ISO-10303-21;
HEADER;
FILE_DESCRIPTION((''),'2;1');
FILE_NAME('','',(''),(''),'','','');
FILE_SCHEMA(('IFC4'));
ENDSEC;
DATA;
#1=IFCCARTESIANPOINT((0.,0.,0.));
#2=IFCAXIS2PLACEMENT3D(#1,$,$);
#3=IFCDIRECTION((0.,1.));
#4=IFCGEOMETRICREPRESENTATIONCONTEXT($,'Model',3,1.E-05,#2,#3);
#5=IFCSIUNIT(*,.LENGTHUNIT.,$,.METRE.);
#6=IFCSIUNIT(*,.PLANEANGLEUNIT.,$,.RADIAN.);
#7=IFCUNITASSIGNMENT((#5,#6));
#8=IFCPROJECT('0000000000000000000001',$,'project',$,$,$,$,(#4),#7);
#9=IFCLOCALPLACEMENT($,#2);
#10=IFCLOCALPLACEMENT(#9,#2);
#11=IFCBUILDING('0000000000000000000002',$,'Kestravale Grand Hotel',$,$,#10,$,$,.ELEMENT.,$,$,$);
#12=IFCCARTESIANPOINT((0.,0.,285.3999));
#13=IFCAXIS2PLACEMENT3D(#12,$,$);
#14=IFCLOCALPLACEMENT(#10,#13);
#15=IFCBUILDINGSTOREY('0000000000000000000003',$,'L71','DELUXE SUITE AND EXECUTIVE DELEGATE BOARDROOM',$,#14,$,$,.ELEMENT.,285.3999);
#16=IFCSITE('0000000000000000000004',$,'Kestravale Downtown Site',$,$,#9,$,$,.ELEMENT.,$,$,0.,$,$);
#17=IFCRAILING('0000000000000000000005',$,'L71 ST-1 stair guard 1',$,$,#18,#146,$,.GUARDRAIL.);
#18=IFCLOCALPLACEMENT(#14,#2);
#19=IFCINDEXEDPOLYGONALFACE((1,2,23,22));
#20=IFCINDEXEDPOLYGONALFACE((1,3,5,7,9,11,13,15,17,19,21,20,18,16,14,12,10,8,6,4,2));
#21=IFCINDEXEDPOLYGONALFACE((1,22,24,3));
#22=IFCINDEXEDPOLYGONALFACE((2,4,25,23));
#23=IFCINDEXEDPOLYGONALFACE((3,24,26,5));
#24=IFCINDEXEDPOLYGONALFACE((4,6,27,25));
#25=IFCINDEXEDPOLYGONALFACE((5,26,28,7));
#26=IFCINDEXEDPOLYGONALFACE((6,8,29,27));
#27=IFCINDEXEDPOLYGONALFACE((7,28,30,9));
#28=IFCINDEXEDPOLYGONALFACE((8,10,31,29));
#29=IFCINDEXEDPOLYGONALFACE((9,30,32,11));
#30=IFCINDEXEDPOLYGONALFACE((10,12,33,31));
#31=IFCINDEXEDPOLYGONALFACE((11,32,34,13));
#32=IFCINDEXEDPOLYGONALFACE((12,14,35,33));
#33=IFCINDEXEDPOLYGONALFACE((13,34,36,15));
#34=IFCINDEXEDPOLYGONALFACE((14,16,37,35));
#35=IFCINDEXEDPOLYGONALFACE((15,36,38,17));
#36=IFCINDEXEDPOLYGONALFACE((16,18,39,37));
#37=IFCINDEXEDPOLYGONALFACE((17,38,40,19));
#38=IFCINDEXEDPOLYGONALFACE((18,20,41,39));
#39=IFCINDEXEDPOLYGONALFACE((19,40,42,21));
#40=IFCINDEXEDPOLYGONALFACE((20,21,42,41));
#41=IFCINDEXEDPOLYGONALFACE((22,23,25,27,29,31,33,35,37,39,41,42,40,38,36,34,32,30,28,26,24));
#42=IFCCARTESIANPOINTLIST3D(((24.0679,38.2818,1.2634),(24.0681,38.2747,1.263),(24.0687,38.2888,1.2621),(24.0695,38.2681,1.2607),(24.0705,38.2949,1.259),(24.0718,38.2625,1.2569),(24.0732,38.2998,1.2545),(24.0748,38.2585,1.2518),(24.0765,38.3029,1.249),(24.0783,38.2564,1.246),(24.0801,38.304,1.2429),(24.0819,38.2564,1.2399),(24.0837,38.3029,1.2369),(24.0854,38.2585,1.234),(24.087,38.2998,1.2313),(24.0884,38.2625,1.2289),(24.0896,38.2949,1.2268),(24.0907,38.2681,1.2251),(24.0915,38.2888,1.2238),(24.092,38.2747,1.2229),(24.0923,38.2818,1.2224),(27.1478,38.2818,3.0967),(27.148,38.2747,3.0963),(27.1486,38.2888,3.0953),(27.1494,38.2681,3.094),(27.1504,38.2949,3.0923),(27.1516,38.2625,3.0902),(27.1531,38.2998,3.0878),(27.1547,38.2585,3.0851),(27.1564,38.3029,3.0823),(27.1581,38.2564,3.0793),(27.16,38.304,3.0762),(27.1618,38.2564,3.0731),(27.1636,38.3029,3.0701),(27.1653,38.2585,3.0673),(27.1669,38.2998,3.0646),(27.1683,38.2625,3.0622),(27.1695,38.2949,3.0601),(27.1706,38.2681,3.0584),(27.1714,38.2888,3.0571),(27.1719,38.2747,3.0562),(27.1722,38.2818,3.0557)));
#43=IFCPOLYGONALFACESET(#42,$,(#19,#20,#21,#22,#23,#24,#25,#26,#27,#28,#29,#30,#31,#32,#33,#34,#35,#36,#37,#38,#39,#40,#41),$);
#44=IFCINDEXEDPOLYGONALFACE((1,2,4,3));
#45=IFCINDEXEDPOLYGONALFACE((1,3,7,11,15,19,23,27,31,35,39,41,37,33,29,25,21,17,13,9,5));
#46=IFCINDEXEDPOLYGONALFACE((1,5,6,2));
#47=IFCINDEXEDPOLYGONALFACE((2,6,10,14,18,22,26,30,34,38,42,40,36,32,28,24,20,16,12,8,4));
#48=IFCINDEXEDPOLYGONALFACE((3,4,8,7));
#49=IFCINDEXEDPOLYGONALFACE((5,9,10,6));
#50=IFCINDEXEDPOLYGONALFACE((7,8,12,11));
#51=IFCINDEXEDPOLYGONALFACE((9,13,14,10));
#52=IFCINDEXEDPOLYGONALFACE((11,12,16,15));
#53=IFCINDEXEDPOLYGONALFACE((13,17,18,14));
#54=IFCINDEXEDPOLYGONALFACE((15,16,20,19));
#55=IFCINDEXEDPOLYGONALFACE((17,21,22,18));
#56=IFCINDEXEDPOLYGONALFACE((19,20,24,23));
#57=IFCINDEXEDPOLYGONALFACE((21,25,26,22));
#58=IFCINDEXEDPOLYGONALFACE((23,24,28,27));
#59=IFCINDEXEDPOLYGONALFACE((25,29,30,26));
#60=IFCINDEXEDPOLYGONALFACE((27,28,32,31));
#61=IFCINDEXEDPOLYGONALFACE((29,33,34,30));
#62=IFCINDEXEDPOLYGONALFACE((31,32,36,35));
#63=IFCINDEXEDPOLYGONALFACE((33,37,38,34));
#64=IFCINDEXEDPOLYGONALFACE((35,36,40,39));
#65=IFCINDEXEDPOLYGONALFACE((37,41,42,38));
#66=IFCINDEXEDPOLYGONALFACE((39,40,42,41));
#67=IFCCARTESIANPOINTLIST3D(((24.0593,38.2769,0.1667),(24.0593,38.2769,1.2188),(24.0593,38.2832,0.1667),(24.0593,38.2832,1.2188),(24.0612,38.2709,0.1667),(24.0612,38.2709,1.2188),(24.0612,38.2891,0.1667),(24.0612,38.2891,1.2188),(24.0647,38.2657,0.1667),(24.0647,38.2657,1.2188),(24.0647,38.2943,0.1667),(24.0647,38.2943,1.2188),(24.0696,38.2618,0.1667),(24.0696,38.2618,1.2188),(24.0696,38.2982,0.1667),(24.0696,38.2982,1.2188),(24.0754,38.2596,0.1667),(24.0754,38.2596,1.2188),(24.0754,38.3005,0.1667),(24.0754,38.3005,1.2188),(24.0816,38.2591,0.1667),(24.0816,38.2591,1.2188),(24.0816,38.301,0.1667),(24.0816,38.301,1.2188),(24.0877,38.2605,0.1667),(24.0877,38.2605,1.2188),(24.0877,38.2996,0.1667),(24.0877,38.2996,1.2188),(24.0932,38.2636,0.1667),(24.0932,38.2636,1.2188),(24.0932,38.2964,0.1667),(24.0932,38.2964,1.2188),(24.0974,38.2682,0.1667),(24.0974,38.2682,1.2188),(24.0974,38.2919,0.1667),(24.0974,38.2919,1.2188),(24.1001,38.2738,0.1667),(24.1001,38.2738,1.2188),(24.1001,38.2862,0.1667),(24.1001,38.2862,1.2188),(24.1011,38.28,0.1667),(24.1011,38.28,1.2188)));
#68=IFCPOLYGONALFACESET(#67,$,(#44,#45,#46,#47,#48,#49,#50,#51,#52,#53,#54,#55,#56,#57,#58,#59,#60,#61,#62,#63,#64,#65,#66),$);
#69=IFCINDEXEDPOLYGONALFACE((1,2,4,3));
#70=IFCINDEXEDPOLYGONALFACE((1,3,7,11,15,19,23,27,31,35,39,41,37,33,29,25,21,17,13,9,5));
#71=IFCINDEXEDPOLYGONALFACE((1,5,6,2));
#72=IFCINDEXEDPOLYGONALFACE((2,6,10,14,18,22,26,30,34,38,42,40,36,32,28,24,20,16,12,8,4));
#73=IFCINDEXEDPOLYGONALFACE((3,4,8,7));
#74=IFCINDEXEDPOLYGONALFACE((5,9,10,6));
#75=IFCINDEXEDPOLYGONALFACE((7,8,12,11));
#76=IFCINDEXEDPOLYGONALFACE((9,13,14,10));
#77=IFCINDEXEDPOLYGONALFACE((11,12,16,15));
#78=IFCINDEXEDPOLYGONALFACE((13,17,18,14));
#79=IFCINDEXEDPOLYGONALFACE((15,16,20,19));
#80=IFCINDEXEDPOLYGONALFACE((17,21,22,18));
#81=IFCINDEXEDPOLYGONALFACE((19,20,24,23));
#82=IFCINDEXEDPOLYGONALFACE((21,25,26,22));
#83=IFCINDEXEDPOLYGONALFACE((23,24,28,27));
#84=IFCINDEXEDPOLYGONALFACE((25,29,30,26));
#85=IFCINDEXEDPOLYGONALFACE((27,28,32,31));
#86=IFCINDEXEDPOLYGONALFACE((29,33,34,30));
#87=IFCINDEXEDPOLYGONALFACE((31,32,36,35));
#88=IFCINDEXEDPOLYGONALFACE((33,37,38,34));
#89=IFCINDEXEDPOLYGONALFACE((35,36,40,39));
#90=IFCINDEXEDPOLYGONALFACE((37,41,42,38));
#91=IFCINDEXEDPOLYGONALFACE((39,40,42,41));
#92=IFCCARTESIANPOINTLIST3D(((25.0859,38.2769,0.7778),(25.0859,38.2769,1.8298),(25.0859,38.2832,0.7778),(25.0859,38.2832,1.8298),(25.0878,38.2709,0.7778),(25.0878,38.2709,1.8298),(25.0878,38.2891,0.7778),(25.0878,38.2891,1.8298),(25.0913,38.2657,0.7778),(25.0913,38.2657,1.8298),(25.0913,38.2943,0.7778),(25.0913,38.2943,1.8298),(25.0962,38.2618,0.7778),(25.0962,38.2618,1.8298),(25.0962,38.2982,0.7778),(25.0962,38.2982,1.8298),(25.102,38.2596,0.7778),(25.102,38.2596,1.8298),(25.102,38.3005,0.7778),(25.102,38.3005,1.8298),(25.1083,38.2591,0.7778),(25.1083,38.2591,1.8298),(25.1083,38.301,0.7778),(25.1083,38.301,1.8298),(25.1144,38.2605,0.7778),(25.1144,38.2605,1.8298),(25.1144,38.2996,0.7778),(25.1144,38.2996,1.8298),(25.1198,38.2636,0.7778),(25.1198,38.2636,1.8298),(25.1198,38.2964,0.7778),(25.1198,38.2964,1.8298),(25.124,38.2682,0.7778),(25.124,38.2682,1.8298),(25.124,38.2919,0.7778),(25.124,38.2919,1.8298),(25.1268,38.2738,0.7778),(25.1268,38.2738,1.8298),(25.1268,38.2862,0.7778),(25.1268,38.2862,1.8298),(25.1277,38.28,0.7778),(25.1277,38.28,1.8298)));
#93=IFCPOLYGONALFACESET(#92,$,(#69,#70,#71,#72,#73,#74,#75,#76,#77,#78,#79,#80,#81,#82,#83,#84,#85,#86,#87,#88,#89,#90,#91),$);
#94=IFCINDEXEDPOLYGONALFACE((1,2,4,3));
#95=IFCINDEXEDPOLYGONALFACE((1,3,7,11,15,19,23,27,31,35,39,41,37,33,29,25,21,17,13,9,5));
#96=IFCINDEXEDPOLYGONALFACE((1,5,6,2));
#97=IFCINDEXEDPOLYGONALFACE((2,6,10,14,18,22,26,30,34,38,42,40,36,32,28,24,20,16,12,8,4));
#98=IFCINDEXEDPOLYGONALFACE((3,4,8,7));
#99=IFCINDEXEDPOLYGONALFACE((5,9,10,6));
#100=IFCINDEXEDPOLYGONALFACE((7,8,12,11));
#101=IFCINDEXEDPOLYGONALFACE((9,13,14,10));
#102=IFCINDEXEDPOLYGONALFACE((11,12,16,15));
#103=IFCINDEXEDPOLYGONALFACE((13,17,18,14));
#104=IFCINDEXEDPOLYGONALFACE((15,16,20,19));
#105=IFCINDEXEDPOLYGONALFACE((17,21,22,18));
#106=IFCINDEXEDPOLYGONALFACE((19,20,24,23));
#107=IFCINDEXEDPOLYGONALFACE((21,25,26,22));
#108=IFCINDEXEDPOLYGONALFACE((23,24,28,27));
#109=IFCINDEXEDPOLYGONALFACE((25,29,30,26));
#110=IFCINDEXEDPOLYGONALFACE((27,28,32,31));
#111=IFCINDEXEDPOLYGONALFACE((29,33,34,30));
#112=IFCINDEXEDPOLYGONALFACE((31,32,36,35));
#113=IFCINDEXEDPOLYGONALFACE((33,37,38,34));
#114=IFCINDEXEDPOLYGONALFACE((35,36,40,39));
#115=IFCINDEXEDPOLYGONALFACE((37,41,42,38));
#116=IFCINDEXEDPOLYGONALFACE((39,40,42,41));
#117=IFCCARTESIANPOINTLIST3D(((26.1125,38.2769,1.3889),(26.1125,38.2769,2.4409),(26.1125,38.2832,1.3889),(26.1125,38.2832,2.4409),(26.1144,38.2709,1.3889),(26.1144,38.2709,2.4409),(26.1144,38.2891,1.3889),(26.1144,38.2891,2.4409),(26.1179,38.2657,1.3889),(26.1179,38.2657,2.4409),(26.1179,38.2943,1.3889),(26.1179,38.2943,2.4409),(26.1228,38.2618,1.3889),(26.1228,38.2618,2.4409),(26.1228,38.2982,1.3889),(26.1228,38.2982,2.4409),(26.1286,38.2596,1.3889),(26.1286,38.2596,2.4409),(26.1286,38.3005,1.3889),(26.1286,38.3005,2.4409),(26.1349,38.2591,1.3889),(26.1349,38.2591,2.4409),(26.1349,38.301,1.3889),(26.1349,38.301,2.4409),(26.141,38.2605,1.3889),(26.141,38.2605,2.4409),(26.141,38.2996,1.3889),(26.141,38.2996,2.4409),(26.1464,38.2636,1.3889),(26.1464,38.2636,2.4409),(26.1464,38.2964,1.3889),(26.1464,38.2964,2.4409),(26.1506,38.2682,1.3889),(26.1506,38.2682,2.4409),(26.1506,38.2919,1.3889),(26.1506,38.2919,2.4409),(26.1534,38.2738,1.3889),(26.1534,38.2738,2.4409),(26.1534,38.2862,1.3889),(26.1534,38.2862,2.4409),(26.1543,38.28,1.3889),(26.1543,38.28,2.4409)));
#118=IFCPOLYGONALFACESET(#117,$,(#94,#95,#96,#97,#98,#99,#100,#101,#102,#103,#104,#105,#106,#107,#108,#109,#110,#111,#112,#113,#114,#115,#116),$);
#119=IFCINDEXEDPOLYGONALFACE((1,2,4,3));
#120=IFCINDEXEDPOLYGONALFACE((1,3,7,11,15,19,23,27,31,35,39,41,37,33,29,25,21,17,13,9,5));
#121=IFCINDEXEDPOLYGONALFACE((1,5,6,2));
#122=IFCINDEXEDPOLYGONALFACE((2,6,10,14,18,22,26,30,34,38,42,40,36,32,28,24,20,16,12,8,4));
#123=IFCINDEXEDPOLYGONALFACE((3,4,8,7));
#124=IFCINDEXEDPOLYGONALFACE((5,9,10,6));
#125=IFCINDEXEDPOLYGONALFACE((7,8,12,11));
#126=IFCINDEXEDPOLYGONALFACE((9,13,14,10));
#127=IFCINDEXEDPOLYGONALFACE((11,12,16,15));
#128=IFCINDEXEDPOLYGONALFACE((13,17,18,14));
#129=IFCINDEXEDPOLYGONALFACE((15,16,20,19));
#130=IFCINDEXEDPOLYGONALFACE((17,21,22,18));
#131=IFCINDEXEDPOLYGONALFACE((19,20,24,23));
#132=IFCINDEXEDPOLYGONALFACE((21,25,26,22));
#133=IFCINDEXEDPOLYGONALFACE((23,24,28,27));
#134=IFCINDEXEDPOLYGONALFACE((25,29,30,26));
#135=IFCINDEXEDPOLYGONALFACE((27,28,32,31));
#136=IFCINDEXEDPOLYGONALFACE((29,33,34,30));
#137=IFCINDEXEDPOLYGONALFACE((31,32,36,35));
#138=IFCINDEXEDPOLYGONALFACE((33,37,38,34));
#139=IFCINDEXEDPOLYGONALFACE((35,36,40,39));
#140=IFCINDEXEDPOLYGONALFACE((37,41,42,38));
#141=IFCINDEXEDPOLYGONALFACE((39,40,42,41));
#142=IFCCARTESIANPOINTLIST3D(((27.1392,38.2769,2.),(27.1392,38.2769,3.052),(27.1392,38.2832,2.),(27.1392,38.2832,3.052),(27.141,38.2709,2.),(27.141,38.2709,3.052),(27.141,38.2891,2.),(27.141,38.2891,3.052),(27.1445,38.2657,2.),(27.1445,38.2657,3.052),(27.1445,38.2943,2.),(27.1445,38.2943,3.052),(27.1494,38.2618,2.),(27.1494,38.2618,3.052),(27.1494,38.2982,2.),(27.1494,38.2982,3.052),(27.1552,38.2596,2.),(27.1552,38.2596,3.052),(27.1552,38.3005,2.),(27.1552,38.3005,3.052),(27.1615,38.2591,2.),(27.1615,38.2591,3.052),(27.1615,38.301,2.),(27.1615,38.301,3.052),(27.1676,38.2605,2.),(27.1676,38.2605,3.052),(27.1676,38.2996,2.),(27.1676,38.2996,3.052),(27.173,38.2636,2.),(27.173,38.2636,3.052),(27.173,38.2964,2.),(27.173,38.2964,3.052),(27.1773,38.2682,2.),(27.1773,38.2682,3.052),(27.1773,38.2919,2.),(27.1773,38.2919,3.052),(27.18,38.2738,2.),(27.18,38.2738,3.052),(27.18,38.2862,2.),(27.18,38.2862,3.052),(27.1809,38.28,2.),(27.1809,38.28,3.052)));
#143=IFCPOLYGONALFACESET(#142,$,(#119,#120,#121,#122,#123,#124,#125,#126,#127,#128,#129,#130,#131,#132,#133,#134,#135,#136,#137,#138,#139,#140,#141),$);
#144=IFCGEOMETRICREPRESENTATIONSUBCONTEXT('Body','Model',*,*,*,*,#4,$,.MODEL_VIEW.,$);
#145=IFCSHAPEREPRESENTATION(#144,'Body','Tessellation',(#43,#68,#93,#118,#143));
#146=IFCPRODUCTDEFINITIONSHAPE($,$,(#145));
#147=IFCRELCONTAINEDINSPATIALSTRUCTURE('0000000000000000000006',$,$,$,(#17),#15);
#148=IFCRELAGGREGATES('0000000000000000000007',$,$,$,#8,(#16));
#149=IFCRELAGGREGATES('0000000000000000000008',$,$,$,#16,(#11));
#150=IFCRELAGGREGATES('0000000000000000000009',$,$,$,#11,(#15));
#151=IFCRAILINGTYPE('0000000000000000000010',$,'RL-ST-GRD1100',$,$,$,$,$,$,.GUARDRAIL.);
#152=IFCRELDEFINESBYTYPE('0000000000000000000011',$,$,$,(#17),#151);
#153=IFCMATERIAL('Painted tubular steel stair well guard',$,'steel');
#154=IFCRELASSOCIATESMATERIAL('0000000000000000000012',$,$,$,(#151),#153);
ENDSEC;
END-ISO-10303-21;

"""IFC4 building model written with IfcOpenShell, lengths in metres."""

from ifc_helpers import new_model, si_unit, direction, frame, origin, origin_2d, place, context, subcontext, project, spatial, circle, extrude, material, type_object, element, save


model = new_model("IFC4")

# Units and contexts
model_context = context("Model", 3, precision=1e-05, world=origin(), true_north=direction((0.0, 1.0)))
body_context = subcontext(model_context, "Body", "Model", "MODEL_VIEW")
ifc_project = project(units=[si_unit("LENGTHUNIT", "METRE"), si_unit("PLANEANGLEUNIT", "RADIAN")], contexts=[model_context])

# Site, building, storey
site_placement = place(None, origin())
site = spatial("IfcSite", under=ifc_project, at=site_placement, Name="Kestravale Downtown Site", CompositionType="ELEMENT", RefElevation=0.0)
building_placement = place(site_placement, origin())
building = spatial("IfcBuilding", under=site, at=building_placement, Name="Kestravale Grand Hotel", CompositionType="ELEMENT")
storey_placement = place(building_placement, frame((0.0, 0.0, 285.3999)))
storey = spatial("IfcBuildingStorey", under=building, at=storey_placement, Name="L71", Description="DELUXE SUITE AND EXECUTIVE DELEGATE BOARDROOM", CompositionType="ELEMENT", Elevation=285.3999)

# Railing
ifc_material_1 = material(Name="Painted tubular steel stair well guard", Category="steel")
railing_type_1 = type_object("IfcRailingType", Name="RL-ST-GRD1100", PredefinedType="GUARDRAIL", material=ifc_material_1)
railing_1_placement = place(storey_placement, frame((24.0801, 38.28, 0.1667)))
element("IfcRailing", 1, at=railing_1_placement, inside=storey, type_object=railing_type_1, Name="L71 ST-1 stair guard 1", PredefinedType="GUARDRAIL", context=body_context, shape_type="SweptSolid", body=[
    extrude(circle(Radius=0.0239, at=origin_2d()), frame((0.0, 0.0, 1.0762), z_axis=(0.859291, 0.0, 0.511487), x_axis=(0.0, 1.0, 0.0)), (0.0, 0.0, 1.0), 3.5842),
    extrude(circle(Radius=0.021, at=origin_2d()), origin(), (0.0, 0.0, 1.0), 1.052),
    extrude(circle(Radius=0.021, at=origin_2d()), frame((1.0266, 0.0, 0.6111)), (0.0, 0.0, 1.0), 1.052),
    extrude(circle(Radius=0.021, at=origin_2d()), frame((2.0532, 0.0, 1.2222)), (0.0, 0.0, 1.0), 1.052),
    extrude(circle(Radius=0.021, at=origin_2d()), frame((3.0798, 0.0, 1.8333)), (0.0, 0.0, 1.0), 1.052),
])

save(model, "model.ifc")
